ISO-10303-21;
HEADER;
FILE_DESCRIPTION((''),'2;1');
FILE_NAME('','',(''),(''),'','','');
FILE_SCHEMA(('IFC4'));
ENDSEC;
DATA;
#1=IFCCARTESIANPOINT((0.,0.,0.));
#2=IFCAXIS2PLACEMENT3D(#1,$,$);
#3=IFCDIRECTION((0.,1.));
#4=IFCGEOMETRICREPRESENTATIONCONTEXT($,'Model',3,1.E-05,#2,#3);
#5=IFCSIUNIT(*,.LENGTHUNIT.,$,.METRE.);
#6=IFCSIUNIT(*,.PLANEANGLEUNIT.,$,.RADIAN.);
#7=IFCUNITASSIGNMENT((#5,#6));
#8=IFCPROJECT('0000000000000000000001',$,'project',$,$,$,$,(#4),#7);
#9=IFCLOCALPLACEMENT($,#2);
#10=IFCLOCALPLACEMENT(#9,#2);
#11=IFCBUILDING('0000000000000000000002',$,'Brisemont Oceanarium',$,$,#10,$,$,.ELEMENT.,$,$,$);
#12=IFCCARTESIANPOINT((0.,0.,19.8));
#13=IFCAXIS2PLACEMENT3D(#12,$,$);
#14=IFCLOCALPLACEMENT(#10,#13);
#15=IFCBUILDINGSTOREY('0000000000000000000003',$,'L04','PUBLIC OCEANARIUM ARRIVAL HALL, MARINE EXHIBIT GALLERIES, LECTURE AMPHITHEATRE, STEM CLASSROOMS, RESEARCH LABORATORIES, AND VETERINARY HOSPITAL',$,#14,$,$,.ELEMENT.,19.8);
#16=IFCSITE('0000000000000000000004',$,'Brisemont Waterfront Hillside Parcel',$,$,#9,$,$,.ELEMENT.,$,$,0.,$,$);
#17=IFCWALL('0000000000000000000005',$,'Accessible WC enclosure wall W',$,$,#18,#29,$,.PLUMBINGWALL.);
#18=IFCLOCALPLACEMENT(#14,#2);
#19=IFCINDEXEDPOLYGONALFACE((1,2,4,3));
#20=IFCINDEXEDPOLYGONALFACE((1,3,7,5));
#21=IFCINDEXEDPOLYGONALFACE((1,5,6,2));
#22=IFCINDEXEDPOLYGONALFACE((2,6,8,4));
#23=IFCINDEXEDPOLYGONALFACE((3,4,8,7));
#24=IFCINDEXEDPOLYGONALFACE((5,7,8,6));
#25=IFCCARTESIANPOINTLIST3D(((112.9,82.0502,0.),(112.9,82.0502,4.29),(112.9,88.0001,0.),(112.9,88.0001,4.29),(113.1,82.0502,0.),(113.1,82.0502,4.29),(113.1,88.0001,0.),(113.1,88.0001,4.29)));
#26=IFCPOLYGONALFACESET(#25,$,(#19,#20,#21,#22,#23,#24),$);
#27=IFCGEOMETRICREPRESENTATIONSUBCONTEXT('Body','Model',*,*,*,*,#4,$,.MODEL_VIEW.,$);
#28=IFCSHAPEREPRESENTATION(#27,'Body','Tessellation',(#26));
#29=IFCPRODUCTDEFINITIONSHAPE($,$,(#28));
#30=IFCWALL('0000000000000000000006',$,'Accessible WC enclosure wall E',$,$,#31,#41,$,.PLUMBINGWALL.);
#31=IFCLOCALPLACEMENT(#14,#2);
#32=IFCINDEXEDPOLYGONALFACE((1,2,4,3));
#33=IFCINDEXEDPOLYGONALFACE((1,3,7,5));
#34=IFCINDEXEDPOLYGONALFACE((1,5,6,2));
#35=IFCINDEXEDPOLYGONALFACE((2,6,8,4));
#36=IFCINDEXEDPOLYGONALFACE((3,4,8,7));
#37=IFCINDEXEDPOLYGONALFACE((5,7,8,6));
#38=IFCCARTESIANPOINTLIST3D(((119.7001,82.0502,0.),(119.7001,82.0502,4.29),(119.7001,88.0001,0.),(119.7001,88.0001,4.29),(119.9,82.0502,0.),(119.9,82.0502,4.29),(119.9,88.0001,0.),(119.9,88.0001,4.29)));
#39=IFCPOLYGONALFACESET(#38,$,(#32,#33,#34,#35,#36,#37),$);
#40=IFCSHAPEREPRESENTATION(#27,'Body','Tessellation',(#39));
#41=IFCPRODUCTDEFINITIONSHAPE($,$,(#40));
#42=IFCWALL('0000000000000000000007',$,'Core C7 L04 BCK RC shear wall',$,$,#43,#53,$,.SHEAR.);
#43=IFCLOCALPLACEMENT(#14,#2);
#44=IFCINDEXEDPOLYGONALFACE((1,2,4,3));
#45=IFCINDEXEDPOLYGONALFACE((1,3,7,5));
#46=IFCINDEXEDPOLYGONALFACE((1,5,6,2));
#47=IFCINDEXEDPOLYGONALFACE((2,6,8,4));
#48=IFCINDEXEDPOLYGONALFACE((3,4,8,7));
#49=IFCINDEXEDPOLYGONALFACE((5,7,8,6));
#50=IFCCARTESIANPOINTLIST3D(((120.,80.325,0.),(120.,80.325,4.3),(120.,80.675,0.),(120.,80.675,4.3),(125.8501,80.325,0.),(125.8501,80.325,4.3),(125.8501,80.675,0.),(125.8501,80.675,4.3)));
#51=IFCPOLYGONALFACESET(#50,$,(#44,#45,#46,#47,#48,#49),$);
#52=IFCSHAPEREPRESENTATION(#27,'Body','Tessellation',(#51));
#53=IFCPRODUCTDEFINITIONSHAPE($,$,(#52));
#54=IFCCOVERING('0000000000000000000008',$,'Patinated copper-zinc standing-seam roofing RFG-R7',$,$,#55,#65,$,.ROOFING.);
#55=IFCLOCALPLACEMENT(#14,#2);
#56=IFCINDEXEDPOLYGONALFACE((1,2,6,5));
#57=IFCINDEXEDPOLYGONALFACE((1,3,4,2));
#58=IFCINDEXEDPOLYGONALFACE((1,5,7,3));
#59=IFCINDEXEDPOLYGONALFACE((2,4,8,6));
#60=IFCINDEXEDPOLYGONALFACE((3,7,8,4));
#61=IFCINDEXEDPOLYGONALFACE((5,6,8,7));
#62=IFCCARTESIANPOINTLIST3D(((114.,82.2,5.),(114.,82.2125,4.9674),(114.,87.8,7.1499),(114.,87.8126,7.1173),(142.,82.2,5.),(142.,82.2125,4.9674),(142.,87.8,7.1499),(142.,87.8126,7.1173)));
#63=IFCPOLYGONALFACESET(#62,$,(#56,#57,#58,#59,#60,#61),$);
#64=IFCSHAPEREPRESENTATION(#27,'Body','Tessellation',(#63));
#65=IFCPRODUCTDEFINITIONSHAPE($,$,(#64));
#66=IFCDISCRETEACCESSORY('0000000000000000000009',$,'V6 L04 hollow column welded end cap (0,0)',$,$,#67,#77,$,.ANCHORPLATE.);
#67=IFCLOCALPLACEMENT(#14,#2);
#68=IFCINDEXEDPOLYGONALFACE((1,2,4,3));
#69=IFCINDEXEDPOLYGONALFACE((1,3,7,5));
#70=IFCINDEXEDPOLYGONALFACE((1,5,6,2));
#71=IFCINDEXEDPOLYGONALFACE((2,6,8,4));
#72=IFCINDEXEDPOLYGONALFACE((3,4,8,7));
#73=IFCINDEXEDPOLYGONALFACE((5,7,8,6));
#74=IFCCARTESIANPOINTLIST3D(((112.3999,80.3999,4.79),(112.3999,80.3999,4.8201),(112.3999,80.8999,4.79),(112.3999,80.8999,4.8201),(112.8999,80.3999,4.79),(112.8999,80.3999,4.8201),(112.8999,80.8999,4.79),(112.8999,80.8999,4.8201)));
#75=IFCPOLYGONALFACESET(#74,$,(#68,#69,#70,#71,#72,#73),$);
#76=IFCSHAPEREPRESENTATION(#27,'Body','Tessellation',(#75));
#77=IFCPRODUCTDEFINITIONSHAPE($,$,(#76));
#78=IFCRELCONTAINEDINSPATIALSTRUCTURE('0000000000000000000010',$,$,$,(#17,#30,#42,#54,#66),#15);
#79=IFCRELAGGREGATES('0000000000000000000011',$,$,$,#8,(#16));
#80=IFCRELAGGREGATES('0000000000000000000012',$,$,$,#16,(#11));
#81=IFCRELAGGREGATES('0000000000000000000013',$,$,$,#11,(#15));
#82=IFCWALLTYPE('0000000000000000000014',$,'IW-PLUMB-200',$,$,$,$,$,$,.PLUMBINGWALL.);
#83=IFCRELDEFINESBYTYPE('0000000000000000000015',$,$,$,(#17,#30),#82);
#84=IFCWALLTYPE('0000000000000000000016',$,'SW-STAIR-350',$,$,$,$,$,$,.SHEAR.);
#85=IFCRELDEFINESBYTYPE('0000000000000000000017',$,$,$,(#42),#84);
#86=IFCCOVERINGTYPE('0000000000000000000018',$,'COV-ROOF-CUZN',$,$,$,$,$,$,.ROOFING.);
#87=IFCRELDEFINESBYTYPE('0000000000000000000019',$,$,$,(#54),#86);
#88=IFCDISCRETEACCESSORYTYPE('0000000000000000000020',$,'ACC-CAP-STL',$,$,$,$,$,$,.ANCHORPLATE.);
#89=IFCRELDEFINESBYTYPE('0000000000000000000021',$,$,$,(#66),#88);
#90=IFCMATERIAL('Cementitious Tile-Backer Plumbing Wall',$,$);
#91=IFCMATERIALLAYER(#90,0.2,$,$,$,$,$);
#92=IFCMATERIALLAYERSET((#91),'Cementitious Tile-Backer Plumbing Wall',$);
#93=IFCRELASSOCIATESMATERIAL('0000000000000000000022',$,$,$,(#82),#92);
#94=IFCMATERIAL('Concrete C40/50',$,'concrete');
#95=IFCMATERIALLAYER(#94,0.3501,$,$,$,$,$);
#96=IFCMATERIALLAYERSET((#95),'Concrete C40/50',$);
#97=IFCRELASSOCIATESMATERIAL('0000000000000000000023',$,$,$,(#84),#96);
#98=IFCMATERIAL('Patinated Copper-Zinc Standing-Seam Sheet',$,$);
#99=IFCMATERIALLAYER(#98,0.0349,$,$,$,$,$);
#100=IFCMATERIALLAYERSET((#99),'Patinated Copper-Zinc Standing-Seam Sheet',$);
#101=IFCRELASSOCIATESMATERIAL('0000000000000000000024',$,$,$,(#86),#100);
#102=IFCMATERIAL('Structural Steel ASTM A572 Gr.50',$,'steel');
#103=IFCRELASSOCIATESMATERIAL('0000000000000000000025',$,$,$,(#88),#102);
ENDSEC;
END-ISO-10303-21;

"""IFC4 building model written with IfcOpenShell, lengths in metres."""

from ifc_helpers import new_model, si_unit, direction, frame, frame_2d, origin, origin_2d, place, context, subcontext, project, spatial, polyline, rectangle, outline, extrude, material, layer, layer_set, type_object, element, save


model = new_model("IFC4")

# Units and contexts
model_context = context("Model", 3, precision=1e-05, world=origin(), true_north=direction((0.0, 1.0)))
body_context = subcontext(model_context, "Body", "Model", "MODEL_VIEW")
ifc_project = project(units=[si_unit("LENGTHUNIT", "METRE"), si_unit("PLANEANGLEUNIT", "RADIAN")], contexts=[model_context])

# Site, building, storey
site_placement = place(None, origin())
site = spatial("IfcSite", under=ifc_project, at=site_placement, Name="Brisemont Waterfront Hillside Parcel", CompositionType="ELEMENT", RefElevation=0.0)
building_placement = place(site_placement, origin())
building = spatial("IfcBuilding", under=site, at=building_placement, Name="Brisemont Oceanarium", CompositionType="ELEMENT")
storey_placement = place(building_placement, frame((0.0, 0.0, 19.8)))
storey = spatial("IfcBuildingStorey", under=building, at=storey_placement, Name="L04", Description="PUBLIC OCEANARIUM ARRIVAL HALL, MARINE EXHIBIT GALLERIES, LECTURE AMPHITHEATRE, STEM CLASSROOMS, RESEARCH LABORATORIES, AND VETERINARY HOSPITAL", CompositionType="ELEMENT", Elevation=19.8)

# Walls
ifc_material_1 = material(Name="Cementitious Tile-Backer Plumbing Wall")
ifc_layer_1 = layer(ifc_material_1, 0.2)
ifc_layer_set_1 = layer_set([ifc_layer_1], Name="Cementitious Tile-Backer Plumbing Wall")
wall_type_1 = type_object("IfcWallType", Name="IW-PLUMB-200", PredefinedType="PLUMBINGWALL", material=ifc_layer_set_1)
for number, where, z_axis, x_axis, name in (
    (1, (113.0, 82.05, 0.0), (0.0, 0.0, 1.0), (0.0, 1.0, 0.0), "Accessible WC enclosure wall W"),
    (2, (119.8, 82.05, 0.0), (0.0, 0.0, 1.0), (0.0, 1.0, 0.0), "Accessible WC enclosure wall E"),
):
    element("IfcWall", number, at=place(storey_placement, frame(where, z_axis=z_axis, x_axis=x_axis)), inside=storey, type_object=wall_type_1, Name=name, PredefinedType="PLUMBINGWALL", context=body_context, shape_type="SweptSolid", body=[
        extrude(rectangle(XDim=5.95, YDim=0.2, at=frame_2d((2.9751, 0.0))), origin(), (0.0, 0.0, 1.0), 4.29),
    ])

# Shared definitions
ifc_material_2 = material(Name="Concrete C40/50", Category="concrete")
ifc_layer_2 = layer(ifc_material_2, 0.3501)
ifc_layer_set_2 = layer_set([ifc_layer_2], Name="Concrete C40/50")
wall_type_2 = type_object("IfcWallType", Name="SW-STAIR-350", PredefinedType="SHEAR", material=ifc_layer_set_2)

# Wall
wall_1_placement = place(storey_placement, frame((120.0, 80.5, 0.0), z_axis=(0.0, 0.0, 1.0), x_axis=(1.0, 0.0, 0.0)))
element("IfcWall", 3, at=wall_1_placement, inside=storey, type_object=wall_type_2, Name="Core C7 L04 BCK RC shear wall", PredefinedType="SHEAR", context=body_context, shape_type="SweptSolid", body=[
    extrude(rectangle(XDim=5.8501, YDim=0.3501, at=frame_2d((2.925, 0.0))), origin(), (0.0, 0.0, 1.0), 4.3),
])

# Covering
ifc_material_3 = material(Name="Patinated Copper-Zinc Standing-Seam Sheet")
ifc_layer_3 = layer(ifc_material_3, 0.0349)
ifc_layer_set_3 = layer_set([ifc_layer_3], Name="Patinated Copper-Zinc Standing-Seam Sheet")
covering_type = type_object("IfcCoveringType", Name="COV-ROOF-CUZN", PredefinedType="ROOFING", material=ifc_layer_set_3)
covering_placement = place(storey_placement, frame((114.0, 82.2, 5.0), z_axis=(0.0, -0.358401, 0.933568), x_axis=(1.0, 0.0, 0.0)))
element("IfcCovering", 4, at=covering_placement, inside=storey, type_object=covering_type, Name="Patinated copper-zinc standing-seam roofing RFG-R7", PredefinedType="ROOFING", context=body_context, shape_type="SweptSolid", body=[
    extrude(outline(polyline([(0.0, 0.0), (28.0, 0.0), (28.0, 5.9986), (0.0, 5.9986), (0.0, 0.0)])), origin(), (0.0, 0.0, -1.0), 0.0349),
])

# Discrete accessory
ifc_material_4 = material(Name="Structural Steel ASTM A572 Gr.50", Category="steel")
discrete_accessory_type = type_object("IfcDiscreteAccessoryType", Name="ACC-CAP-STL", PredefinedType="ANCHORPLATE", material=ifc_material_4)
discrete_accessory_placement = place(storey_placement, frame((112.6499, 80.6499, 4.79), z_axis=(0.0, 0.0, 1.0), x_axis=(1.0, 0.0, 0.0)))
element("IfcDiscreteAccessory", 5, at=discrete_accessory_placement, inside=storey, type_object=discrete_accessory_type, Name="V6 L04 hollow column welded end cap (0,0)", PredefinedType="ANCHORPLATE", context=body_context, shape_type="SweptSolid", body=[
    extrude(rectangle(XDim=0.5, YDim=0.5, at=origin_2d()), origin(), (0.0, 0.0, 1.0), 0.03),
])

save(model, "model.ifc")
